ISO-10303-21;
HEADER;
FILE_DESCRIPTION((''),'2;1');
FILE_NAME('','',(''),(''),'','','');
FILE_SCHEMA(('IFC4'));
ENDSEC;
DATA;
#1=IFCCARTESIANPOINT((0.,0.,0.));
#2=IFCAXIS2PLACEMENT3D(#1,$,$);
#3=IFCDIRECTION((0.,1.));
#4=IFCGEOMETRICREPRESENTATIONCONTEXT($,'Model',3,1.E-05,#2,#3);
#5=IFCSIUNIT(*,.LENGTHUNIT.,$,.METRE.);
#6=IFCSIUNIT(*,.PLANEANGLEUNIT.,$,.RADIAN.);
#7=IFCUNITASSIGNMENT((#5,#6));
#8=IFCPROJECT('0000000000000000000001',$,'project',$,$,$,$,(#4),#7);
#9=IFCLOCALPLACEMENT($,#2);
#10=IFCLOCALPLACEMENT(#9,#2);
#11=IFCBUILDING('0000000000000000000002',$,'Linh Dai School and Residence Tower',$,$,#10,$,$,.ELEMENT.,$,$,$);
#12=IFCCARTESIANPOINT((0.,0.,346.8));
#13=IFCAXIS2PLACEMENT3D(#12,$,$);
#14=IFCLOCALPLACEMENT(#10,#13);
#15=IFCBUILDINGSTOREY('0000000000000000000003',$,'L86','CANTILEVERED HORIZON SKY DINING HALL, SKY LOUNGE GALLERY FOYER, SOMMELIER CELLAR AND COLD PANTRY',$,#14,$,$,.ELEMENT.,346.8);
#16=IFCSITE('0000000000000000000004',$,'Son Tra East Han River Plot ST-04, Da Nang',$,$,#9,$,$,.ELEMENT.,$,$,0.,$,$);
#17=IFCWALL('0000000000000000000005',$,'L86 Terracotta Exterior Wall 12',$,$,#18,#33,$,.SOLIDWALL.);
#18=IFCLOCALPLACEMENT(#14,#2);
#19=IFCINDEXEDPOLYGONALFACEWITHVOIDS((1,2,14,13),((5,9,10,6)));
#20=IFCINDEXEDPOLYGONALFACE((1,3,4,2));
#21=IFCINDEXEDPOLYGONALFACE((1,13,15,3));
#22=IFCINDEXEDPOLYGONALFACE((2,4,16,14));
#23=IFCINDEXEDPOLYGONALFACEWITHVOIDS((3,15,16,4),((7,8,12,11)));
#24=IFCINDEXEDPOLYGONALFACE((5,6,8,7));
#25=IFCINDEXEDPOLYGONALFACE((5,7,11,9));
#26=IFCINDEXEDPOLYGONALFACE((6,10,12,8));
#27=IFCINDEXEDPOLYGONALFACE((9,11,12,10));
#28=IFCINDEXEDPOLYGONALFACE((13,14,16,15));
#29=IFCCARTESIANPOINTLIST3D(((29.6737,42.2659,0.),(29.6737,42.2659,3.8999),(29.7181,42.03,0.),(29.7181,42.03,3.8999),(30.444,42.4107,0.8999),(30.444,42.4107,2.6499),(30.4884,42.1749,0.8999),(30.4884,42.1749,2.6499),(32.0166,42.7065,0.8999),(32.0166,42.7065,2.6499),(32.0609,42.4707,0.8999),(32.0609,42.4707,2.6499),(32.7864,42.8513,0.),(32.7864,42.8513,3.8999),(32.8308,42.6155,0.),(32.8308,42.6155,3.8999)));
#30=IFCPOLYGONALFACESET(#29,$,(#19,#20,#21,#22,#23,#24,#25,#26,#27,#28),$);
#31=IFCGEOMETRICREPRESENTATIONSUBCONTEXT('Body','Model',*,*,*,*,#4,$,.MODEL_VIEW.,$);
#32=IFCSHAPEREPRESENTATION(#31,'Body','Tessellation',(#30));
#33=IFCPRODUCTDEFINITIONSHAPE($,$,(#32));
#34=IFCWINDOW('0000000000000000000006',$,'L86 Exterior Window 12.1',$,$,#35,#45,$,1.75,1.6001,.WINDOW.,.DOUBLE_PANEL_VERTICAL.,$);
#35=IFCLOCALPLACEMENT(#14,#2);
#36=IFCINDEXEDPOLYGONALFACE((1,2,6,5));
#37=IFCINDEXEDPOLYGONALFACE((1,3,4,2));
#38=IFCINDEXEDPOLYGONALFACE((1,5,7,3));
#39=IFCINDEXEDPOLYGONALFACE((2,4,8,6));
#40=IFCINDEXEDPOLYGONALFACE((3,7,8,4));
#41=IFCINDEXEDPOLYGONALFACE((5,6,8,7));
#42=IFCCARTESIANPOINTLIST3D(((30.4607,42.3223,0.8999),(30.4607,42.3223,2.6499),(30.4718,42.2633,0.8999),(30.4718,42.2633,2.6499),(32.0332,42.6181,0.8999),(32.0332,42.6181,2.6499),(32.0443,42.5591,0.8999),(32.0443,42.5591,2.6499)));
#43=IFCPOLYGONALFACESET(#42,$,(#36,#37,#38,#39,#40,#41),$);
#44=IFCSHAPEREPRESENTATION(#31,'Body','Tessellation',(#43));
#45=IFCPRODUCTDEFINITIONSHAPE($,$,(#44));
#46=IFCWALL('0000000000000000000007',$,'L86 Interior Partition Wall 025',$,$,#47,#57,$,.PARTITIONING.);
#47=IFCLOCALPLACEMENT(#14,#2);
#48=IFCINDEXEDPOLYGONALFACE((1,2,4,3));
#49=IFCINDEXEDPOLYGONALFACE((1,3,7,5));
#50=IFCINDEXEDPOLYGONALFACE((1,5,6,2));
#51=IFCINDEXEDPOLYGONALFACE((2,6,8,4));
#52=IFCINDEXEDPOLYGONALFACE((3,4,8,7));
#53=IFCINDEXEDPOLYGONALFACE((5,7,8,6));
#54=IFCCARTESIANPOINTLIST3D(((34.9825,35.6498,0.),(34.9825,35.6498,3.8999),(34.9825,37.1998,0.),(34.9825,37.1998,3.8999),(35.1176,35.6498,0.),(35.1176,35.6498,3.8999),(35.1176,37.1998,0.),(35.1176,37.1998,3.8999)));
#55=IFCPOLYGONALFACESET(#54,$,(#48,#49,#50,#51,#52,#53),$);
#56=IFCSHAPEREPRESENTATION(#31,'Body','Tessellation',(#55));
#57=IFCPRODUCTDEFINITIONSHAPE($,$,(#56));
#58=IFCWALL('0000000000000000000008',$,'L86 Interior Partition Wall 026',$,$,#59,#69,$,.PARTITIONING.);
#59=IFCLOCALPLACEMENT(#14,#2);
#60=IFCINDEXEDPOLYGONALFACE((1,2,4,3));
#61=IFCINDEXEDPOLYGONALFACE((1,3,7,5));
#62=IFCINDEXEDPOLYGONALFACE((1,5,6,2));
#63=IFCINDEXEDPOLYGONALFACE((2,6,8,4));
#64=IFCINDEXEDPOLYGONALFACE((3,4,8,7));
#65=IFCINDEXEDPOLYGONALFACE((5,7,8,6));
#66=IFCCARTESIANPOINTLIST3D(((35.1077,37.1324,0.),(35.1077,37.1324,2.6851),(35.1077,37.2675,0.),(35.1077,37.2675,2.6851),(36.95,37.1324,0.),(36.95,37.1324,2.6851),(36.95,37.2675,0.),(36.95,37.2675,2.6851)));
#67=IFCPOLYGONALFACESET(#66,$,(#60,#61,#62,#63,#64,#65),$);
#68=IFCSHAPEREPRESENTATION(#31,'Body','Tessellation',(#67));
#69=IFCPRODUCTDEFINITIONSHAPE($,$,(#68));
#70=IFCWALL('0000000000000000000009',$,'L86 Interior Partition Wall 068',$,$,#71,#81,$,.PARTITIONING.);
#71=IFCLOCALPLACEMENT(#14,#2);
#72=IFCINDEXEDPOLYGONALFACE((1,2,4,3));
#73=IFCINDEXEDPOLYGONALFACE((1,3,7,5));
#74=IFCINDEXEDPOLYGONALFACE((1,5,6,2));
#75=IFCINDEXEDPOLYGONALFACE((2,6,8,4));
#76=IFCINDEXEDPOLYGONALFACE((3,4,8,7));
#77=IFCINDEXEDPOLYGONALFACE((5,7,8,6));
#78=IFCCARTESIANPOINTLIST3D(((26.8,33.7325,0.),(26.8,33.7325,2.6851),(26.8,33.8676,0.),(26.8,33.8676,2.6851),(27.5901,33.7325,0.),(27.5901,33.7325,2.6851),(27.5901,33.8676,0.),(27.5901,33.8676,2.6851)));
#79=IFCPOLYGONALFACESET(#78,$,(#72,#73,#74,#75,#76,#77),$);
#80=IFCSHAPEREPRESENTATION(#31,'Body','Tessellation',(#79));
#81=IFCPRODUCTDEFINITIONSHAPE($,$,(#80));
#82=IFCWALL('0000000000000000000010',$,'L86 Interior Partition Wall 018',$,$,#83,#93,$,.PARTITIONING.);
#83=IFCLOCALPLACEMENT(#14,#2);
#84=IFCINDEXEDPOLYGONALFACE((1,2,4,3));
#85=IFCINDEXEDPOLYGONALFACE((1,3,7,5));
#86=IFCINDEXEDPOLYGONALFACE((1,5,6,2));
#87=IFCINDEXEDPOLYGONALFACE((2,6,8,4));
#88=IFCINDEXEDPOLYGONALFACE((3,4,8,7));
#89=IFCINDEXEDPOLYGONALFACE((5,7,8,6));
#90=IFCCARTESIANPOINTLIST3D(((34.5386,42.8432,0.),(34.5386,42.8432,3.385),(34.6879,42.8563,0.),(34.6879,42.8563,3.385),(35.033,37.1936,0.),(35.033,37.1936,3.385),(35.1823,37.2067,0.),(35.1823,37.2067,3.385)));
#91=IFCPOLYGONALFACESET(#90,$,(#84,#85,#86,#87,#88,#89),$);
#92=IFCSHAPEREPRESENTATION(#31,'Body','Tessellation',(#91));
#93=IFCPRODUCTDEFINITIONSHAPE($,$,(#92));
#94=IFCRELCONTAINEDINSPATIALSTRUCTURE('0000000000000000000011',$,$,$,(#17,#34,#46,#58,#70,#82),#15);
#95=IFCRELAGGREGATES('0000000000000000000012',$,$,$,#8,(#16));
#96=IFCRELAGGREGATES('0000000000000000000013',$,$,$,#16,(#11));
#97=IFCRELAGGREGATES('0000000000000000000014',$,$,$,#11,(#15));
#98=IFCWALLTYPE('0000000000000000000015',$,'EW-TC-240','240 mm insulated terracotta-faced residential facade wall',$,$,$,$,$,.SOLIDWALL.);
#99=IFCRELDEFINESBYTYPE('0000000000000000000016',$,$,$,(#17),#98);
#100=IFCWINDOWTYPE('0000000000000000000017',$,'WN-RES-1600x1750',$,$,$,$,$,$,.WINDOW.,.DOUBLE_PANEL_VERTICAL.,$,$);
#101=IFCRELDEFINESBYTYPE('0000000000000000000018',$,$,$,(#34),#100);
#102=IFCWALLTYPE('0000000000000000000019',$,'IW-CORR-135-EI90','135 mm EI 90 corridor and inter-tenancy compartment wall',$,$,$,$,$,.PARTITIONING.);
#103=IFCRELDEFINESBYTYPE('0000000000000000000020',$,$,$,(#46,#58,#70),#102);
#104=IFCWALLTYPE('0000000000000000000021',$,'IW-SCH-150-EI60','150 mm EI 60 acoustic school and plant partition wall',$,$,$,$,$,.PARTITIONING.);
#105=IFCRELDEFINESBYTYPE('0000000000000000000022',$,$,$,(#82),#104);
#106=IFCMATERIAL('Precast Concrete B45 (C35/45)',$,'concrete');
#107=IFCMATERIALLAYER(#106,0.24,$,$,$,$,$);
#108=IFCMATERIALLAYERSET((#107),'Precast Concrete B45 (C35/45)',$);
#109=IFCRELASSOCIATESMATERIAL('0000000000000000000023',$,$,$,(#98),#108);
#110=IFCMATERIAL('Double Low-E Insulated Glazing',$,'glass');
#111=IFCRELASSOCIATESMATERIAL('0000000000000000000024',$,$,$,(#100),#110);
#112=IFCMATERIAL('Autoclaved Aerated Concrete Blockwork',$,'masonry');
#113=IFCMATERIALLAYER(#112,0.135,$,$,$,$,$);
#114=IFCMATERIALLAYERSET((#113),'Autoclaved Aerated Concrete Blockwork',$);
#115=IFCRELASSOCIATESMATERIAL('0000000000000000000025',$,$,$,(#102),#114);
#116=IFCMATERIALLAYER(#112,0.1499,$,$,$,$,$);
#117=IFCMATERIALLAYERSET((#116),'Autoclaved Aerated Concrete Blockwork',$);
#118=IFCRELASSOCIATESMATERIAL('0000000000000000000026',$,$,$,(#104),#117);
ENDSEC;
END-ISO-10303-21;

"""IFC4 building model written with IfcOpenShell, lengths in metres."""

from ifc_helpers import new_model, si_unit, direction, frame, frame_2d, origin, origin_2d, place, context, subcontext, project, spatial, rectangle, extrude, source, transform, mapped, material, layer, layer_set, type_object, element, fill, save


model = new_model("IFC4")

# Units and contexts
model_context = context("Model", 3, precision=1e-05, world=origin(), true_north=direction((0.0, 1.0)))
body_context = subcontext(model_context, "Body", "Model", "MODEL_VIEW")
ifc_project = project(units=[si_unit("LENGTHUNIT", "METRE"), si_unit("PLANEANGLEUNIT", "RADIAN")], contexts=[model_context])

# Site, building, storey
site_placement = place(None, origin())
site = spatial("IfcSite", under=ifc_project, at=site_placement, Name="Son Tra East Han River Plot ST-04, Da Nang", CompositionType="ELEMENT", RefElevation=0.0)
building_placement = place(site_placement, origin())
building = spatial("IfcBuilding", under=site, at=building_placement, Name="Linh Dai School and Residence Tower", CompositionType="ELEMENT")
storey_placement = place(building_placement, frame((0.0, 0.0, 346.8)))
storey = spatial("IfcBuildingStorey", under=building, at=storey_placement, Name="L86", Description="CANTILEVERED HORIZON SKY DINING HALL, SKY LOUNGE GALLERY FOYER, SOMMELIER CELLAR AND COLD PANTRY", CompositionType="ELEMENT", Elevation=346.8)

# Shared definitions
ifc_material_1 = material(Name="Precast Concrete B45 (C35/45)", Category="concrete")
ifc_layer_1 = layer(ifc_material_1, 0.24)
ifc_layer_set_1 = layer_set([ifc_layer_1], Name="Precast Concrete B45 (C35/45)")
wall_type_1 = type_object("IfcWallType", Name="EW-TC-240", Description="240 mm insulated terracotta-faced residential facade wall", PredefinedType="SOLIDWALL", material=ifc_layer_set_1)

# Wall, opening, window
wall_1_placement = place(storey_placement, frame((29.696, 42.1479, 0.0), z_axis=(0.0, 0.0, 1.0), x_axis=(0.982766, 0.184852, 0.0)))
wall_1 = element("IfcWall", 1, at=wall_1_placement, inside=storey, type_object=wall_type_1, Name="L86 Terracotta Exterior Wall 12", PredefinedType="SOLIDWALL", context=body_context, shape_type="SweptSolid", body=[
    extrude(rectangle(XDim=3.1672, YDim=0.24, at=frame_2d((1.5835, 0.0))), origin(), (0.0, 0.0, 1.0), 3.8999),
])
opening_1_placement = place(wall_1_placement, frame((0.7837, 0.0, 0.8999)))
opening_1 = element("IfcOpeningElement", 2, at=opening_1_placement, cuts=wall_1, PredefinedType="OPENING", context=body_context, shape_type="SweptSolid", body=[
    extrude(rectangle(XDim=1.6001, YDim=1.75, at=origin_2d()), frame((0.8, 0.1299, 0.875), z_axis=(0.0, -1.0, 0.0), x_axis=(1.0, 0.0, 0.0)), (0.0, 0.0, 1.0), 0.26),
])
ifc_material_2 = material(Name="Double Low-E Insulated Glazing", Category="glass")
window_type = type_object("IfcWindowType", Name="WN-RES-1600x1750", PartitioningType="DOUBLE_PANEL_VERTICAL", PredefinedType="WINDOW", material=ifc_material_2)
shared_shape_1 = source(origin(), body_context, "Body", "SweptSolid", [
    extrude(rectangle(XDim=1.6001, YDim=1.75, at=origin_2d()), frame((0.8, 0.03, 0.875), z_axis=(0.0, -1.0, 0.0), x_axis=(1.0, 0.0, 0.0)), (0.0, 0.0, 1.0), 0.0601),
])
window_placement = place(opening_1_placement, origin())
window = element("IfcWindow", 3, at=window_placement, inside=storey, type_object=window_type, Name="L86 Exterior Window 12.1", OverallHeight=1.75, OverallWidth=1.6001, PartitioningType="DOUBLE_PANEL_VERTICAL", PredefinedType="WINDOW", context=body_context, shape_type="MappedRepresentation", body=[
    mapped(shared_shape_1, transform((0.0, 0.0, 0.0), x_axis=(1.0, 0.0, 0.0), y_axis=(0.0, 1.0, 0.0), z_axis=(0.0, 0.0, 1.0), scale=1.0)),
])
fill(opening_1, window)

# Walls
ifc_material_3 = material(Name="Autoclaved Aerated Concrete Blockwork", Category="masonry")
ifc_layer_2 = layer(ifc_material_3, 0.135)
ifc_layer_set_2 = layer_set([ifc_layer_2], Name="Autoclaved Aerated Concrete Blockwork")
wall_type_2 = type_object("IfcWallType", Name="IW-CORR-135-EI90", Description="135 mm EI 90 corridor and inter-tenancy compartment wall", PredefinedType="PARTITIONING", material=ifc_layer_set_2)
wall_2_placement = place(storey_placement, frame((35.05, 35.6499, 0.0), z_axis=(0.0, 0.0, 1.0), x_axis=(0.0, 1.0, 0.0)))
element("IfcWall", 4, at=wall_2_placement, inside=storey, type_object=wall_type_2, Name="L86 Interior Partition Wall 025", PredefinedType="PARTITIONING", context=body_context, shape_type="SweptSolid", body=[
    extrude(rectangle(XDim=1.55, YDim=0.135, at=frame_2d((0.7749, 0.0))), origin(), (0.0, 0.0, 1.0), 3.8999),
])
wall_3_placement = place(storey_placement, frame((35.1077, 37.2, 0.0), z_axis=(0.0, 0.0, 1.0), x_axis=(1.0, 0.0, 0.0)))
element("IfcWall", 5, at=wall_3_placement, inside=storey, type_object=wall_type_2, Name="L86 Interior Partition Wall 026", PredefinedType="PARTITIONING", context=body_context, shape_type="SweptSolid", body=[
    extrude(rectangle(XDim=1.8423, YDim=0.135, at=frame_2d((0.9211, 0.0))), origin(), (0.0, 0.0, 1.0), 2.6851),
])
wall_4_placement = place(storey_placement, frame((27.5901, 33.8, 0.0), z_axis=(0.0, 0.0, 1.0), x_axis=(-1.0, 0.0, 0.0)))
element("IfcWall", 6, at=wall_4_placement, inside=storey, type_object=wall_type_2, Name="L86 Interior Partition Wall 068", PredefinedType="PARTITIONING", context=body_context, shape_type="SweptSolid", body=[
    extrude(rectangle(XDim=0.79, YDim=0.135, at=frame_2d((0.395, 0.0))), origin(), (0.0, 0.0, 1.0), 2.6851),
])
ifc_layer_3 = layer(ifc_material_3, 0.1499)
ifc_layer_set_3 = layer_set([ifc_layer_3], Name="Autoclaved Aerated Concrete Blockwork")
wall_type_3 = type_object("IfcWallType", Name="IW-SCH-150-EI60", Description="150 mm EI 60 acoustic school and plant partition wall", PredefinedType="PARTITIONING", material=ifc_layer_set_3)
wall_5_placement = place(storey_placement, frame((34.6133, 42.8496, 0.0), z_axis=(0.0, 0.0, 1.0), x_axis=(0.087174, -0.996193, 0.0)))
element("IfcWall", 7, at=wall_5_placement, inside=storey, type_object=wall_type_3, Name="L86 Interior Partition Wall 018", PredefinedType="PARTITIONING", context=body_context, shape_type="SweptSolid", body=[
    extrude(rectangle(XDim=5.6711, YDim=0.1499, at=frame_2d((2.8354, 0.0))), origin(), (0.0, 0.0, 1.0), 3.385),
])

save(model, "model.ifc")
